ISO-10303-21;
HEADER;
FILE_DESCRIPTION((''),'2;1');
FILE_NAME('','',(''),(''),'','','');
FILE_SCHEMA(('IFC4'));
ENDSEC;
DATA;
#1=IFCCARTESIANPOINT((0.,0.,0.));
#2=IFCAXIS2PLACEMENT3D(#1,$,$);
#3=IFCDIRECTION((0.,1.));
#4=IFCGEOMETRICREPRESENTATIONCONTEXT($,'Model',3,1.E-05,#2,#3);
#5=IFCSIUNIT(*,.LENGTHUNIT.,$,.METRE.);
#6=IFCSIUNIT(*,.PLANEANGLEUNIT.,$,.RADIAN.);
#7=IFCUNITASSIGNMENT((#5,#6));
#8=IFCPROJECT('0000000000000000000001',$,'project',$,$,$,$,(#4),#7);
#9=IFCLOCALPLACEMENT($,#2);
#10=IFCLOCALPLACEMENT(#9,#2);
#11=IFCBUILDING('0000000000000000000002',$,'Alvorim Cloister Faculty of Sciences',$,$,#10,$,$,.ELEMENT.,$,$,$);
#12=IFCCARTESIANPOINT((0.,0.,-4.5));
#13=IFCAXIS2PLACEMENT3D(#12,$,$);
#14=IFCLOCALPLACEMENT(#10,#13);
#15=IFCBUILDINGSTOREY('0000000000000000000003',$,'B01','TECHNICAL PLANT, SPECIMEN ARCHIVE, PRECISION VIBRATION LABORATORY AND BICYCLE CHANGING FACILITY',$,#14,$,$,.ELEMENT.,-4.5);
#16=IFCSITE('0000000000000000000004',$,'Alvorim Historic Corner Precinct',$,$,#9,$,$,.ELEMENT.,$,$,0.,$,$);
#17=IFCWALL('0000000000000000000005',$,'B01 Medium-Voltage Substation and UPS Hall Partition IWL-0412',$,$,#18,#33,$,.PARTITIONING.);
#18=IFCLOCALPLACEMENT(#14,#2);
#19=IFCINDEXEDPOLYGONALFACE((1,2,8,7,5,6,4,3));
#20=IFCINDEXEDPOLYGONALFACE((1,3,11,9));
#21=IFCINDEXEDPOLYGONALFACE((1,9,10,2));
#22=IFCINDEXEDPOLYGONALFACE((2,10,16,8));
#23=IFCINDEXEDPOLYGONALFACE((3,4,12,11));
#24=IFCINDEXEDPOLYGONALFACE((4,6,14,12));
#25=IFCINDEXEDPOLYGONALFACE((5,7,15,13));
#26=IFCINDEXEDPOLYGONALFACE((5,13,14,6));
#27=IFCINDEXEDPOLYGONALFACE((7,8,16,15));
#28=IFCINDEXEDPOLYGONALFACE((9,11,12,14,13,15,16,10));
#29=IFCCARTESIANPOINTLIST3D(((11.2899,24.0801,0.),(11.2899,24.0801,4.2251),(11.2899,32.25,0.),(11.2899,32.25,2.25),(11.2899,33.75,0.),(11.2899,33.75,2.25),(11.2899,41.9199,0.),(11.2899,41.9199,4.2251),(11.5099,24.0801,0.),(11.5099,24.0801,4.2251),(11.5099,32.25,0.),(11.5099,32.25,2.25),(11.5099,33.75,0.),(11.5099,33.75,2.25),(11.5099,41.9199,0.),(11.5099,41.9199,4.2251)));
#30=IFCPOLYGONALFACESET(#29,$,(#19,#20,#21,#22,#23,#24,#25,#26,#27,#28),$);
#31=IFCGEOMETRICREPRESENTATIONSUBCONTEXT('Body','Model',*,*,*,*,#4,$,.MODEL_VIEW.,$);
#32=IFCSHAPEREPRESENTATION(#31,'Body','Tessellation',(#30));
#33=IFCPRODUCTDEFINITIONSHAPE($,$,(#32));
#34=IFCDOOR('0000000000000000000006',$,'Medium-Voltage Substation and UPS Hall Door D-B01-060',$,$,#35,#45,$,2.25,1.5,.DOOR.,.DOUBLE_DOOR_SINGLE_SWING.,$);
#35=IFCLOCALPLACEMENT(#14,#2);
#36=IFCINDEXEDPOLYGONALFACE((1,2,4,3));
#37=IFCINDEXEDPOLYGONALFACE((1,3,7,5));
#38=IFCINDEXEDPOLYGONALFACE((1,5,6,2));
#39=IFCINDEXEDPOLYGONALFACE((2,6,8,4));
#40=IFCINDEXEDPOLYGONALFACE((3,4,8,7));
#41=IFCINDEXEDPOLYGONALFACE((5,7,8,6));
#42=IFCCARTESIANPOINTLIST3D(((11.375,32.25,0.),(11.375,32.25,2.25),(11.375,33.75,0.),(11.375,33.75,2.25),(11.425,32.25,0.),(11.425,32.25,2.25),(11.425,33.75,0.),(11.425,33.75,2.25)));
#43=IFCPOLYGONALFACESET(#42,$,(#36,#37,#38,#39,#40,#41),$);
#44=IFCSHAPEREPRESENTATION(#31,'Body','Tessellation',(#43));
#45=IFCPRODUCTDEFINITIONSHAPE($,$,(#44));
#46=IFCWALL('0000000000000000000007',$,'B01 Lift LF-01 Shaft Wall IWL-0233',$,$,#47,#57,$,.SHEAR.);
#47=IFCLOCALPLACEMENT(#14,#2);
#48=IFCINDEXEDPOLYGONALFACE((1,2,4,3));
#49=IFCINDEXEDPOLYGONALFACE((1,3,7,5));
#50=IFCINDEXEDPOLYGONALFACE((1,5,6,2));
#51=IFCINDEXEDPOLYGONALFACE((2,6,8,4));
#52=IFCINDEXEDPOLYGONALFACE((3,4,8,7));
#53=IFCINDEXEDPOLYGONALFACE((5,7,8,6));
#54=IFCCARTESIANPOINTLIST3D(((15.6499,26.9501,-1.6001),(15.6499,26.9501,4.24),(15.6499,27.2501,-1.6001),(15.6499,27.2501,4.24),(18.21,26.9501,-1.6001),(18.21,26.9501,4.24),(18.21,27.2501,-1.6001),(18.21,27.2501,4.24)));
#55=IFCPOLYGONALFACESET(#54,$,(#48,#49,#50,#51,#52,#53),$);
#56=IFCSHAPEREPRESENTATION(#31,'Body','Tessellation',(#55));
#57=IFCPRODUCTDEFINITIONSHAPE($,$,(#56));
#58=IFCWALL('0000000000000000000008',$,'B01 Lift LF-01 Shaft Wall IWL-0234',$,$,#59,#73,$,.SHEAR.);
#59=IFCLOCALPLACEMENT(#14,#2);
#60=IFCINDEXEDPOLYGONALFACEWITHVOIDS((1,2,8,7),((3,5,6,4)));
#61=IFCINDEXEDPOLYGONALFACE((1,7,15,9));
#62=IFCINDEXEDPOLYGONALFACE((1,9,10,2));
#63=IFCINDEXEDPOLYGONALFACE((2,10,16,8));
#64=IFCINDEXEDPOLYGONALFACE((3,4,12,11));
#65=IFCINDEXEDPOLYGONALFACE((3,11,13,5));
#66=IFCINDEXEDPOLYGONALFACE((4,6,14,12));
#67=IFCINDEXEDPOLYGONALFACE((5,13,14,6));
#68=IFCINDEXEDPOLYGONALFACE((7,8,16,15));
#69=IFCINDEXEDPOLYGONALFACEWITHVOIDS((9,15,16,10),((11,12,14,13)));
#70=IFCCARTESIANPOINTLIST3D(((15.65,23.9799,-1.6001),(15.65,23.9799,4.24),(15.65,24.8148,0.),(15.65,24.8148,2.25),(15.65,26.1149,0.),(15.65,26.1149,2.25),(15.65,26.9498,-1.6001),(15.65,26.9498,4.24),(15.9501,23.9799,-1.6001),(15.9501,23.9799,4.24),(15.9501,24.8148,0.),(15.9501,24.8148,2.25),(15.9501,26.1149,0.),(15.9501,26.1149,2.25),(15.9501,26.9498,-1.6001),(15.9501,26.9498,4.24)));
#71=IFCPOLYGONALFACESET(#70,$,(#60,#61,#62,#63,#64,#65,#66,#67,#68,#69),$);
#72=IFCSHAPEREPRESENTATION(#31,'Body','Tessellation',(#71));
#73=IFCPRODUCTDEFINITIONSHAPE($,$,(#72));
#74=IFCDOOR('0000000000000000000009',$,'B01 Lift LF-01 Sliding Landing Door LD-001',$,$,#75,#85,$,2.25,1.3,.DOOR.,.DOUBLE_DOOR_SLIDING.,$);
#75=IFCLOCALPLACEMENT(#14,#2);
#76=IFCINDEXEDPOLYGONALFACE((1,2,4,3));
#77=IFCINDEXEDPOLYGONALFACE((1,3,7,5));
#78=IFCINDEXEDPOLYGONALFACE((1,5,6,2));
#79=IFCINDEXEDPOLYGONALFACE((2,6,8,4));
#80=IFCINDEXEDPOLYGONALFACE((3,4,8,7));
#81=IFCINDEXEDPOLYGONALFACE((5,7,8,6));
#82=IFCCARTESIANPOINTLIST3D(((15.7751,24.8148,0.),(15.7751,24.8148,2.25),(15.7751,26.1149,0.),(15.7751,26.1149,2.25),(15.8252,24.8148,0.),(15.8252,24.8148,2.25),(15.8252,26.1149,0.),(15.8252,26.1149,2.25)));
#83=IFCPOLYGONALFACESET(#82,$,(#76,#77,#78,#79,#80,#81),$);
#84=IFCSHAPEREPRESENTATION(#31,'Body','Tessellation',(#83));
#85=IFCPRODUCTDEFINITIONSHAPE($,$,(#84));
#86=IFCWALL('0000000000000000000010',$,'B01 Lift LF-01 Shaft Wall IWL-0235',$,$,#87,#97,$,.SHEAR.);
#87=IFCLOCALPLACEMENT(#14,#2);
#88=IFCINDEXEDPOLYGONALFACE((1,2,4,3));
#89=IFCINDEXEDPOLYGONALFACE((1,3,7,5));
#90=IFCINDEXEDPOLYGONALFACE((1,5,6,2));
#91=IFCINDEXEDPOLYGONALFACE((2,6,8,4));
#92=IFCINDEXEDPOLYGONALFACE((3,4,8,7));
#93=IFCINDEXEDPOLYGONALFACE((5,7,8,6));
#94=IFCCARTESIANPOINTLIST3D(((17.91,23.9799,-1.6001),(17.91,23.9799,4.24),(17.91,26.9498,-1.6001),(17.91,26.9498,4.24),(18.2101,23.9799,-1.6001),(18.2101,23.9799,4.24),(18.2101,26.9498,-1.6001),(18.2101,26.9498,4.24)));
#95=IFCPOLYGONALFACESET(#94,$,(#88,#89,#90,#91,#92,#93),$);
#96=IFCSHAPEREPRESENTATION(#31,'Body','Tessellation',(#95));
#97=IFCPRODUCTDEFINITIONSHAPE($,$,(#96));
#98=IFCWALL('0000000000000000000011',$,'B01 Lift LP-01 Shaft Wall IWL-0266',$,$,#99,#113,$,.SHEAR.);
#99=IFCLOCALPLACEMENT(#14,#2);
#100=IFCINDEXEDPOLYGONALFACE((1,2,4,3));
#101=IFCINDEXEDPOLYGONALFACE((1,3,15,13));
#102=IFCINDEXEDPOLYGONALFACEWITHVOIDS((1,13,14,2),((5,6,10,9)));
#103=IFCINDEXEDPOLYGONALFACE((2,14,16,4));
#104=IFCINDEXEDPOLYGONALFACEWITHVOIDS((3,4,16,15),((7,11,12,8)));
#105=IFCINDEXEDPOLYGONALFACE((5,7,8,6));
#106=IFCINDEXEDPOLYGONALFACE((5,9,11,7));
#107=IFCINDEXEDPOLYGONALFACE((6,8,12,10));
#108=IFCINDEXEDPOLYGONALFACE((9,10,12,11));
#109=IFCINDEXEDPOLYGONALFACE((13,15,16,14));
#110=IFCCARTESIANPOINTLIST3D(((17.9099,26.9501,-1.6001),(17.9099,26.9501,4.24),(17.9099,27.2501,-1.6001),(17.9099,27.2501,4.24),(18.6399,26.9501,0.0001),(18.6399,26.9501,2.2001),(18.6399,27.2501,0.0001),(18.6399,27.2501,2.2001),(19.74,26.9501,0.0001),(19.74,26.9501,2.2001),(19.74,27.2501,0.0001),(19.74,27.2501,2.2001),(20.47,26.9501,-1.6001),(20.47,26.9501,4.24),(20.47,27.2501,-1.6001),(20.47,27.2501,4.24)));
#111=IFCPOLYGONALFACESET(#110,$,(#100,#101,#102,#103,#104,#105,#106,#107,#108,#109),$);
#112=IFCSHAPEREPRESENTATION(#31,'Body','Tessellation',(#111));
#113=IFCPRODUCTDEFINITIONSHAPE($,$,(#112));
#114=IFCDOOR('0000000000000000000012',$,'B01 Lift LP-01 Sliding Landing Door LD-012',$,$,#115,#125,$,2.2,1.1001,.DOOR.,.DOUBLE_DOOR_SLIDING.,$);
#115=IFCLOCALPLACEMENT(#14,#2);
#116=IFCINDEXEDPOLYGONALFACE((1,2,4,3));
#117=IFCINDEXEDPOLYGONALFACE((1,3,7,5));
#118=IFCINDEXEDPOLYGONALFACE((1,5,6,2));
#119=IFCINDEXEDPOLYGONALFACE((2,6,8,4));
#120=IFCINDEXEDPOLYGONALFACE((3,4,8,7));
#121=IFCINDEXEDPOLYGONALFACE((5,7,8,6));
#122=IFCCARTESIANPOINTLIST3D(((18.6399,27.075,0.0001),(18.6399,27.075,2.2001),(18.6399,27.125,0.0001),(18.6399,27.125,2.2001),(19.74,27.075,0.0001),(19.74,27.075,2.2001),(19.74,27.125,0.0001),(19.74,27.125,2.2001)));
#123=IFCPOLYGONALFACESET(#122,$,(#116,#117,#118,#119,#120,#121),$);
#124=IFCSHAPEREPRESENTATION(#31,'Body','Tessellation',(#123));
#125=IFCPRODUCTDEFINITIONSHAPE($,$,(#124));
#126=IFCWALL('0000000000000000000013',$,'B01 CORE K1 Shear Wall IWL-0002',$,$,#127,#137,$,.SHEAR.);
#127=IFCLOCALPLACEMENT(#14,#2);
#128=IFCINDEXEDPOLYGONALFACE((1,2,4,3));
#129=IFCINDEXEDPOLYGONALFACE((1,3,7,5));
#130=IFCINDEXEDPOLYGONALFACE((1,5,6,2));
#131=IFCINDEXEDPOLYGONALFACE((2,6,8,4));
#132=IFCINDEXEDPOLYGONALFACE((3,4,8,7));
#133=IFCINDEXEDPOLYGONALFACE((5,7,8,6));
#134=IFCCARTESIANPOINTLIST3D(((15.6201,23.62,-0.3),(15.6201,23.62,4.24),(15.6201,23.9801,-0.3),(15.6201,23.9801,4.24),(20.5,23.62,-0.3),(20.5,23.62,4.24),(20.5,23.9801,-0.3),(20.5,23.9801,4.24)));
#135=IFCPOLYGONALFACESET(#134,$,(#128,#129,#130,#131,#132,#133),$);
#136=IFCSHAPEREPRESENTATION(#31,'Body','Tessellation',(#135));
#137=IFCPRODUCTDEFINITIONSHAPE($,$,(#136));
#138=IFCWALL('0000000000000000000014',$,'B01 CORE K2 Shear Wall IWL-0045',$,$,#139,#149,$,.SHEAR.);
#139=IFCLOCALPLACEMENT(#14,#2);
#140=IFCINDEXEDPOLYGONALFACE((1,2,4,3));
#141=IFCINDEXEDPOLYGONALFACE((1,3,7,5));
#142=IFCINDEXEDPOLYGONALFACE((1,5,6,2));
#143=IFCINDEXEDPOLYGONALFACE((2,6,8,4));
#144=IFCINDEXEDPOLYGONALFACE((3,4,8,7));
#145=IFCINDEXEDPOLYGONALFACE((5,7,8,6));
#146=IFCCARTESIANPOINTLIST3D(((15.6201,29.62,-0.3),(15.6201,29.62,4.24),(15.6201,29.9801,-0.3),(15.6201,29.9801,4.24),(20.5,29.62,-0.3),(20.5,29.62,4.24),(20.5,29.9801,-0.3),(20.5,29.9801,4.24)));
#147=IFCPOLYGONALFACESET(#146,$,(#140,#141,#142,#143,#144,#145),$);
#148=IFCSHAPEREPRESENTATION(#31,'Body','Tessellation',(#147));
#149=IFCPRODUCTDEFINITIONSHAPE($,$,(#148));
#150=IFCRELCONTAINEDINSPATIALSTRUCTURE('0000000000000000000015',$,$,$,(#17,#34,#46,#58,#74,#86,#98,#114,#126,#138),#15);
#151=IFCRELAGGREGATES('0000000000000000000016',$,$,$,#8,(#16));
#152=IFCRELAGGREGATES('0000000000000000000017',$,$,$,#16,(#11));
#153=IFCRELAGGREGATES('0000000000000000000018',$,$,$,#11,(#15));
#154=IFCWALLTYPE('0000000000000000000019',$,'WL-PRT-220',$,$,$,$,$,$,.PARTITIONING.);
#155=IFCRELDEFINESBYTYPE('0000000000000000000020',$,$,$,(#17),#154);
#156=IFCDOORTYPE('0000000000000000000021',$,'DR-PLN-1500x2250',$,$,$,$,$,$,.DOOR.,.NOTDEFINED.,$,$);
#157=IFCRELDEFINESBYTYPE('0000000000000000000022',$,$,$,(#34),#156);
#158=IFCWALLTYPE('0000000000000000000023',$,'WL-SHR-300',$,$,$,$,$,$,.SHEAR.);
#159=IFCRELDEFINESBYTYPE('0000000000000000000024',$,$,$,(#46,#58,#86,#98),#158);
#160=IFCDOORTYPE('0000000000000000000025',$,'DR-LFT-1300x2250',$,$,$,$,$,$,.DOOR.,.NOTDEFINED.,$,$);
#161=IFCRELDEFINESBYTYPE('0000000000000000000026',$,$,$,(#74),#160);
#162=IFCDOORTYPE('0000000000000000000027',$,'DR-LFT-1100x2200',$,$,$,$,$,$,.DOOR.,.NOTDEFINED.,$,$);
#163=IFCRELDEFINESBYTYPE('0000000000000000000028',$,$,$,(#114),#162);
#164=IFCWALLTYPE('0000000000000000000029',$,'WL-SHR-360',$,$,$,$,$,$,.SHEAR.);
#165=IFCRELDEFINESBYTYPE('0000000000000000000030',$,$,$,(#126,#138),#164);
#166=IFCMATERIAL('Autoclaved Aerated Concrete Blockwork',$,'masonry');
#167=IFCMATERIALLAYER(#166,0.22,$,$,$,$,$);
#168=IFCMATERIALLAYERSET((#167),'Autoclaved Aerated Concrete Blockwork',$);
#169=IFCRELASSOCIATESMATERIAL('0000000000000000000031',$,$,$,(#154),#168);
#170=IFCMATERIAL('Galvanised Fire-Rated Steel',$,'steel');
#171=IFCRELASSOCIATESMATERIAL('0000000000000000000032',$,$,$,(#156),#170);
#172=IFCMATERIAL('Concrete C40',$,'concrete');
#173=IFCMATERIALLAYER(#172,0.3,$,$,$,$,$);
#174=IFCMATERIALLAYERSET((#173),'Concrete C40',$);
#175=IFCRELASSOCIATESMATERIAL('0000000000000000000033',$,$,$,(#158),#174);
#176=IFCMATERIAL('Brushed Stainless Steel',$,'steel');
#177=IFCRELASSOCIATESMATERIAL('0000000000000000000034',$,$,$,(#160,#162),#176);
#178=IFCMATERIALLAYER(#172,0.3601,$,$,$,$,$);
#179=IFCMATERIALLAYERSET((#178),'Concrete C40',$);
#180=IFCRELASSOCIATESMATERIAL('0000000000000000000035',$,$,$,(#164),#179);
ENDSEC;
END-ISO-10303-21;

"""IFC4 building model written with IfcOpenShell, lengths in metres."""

from ifc_helpers import new_model, si_unit, direction, frame, frame_2d, origin, place, context, subcontext, project, spatial, rectangle, extrude, material, layer, layer_set, type_object, element, fill, save


model = new_model("IFC4")

# Units and contexts
model_context = context("Model", 3, precision=1e-05, world=origin(), true_north=direction((0.0, 1.0)))
body_context = subcontext(model_context, "Body", "Model", "MODEL_VIEW")
ifc_project = project(units=[si_unit("LENGTHUNIT", "METRE"), si_unit("PLANEANGLEUNIT", "RADIAN")], contexts=[model_context])

# Site, building, storey
site_placement = place(None, origin())
site = spatial("IfcSite", under=ifc_project, at=site_placement, Name="Alvorim Historic Corner Precinct", CompositionType="ELEMENT", RefElevation=0.0)
building_placement = place(site_placement, origin())
building = spatial("IfcBuilding", under=site, at=building_placement, Name="Alvorim Cloister Faculty of Sciences", CompositionType="ELEMENT")
storey_placement = place(building_placement, frame((0.0, 0.0, -4.5)))
storey = spatial("IfcBuildingStorey", under=building, at=storey_placement, Name="B01", Description="TECHNICAL PLANT, SPECIMEN ARCHIVE, PRECISION VIBRATION LABORATORY AND BICYCLE CHANGING FACILITY", CompositionType="ELEMENT", Elevation=-4.5)

# Shared definitions
ifc_material_1 = material(Name="Concrete C40", Category="concrete")

# Wall, opening, door
ifc_material_2 = material(Name="Autoclaved Aerated Concrete Blockwork", Category="masonry")
ifc_layer_1 = layer(ifc_material_2, 0.22)
ifc_layer_set_1 = layer_set([ifc_layer_1], Name="Autoclaved Aerated Concrete Blockwork")
wall_type_1 = type_object("IfcWallType", Name="WL-PRT-220", PredefinedType="PARTITIONING", material=ifc_layer_set_1)
wall_1_placement = place(storey_placement, frame((11.3999, 24.0801, 0.0), z_axis=(0.0, 0.0, 1.0), x_axis=(0.0, 1.0, 0.0)))
wall_1 = element("IfcWall", 1, at=wall_1_placement, inside=storey, type_object=wall_type_1, Name="B01 Medium-Voltage Substation and UPS Hall Partition IWL-0412", PredefinedType="PARTITIONING", context=body_context, shape_type="SweptSolid", body=[
    extrude(rectangle(XDim=17.8398, YDim=0.22, at=frame_2d((8.9199, 0.0))), origin(), (0.0, 0.0, 1.0), 4.2251),
])
opening_1_placement = place(wall_1_placement, frame((8.1699, 0.0, 0.0)))
opening_1 = element("IfcOpeningElement", 2, at=opening_1_placement, cuts=wall_1, PredefinedType="OPENING", context=body_context, shape_type="SweptSolid", body=[
    extrude(rectangle(XDim=1.5, YDim=2.25, at=frame_2d((0.75, 1.125))), frame((0.0, 0.1221, 0.0), z_axis=(0.0, -1.0, 0.0), x_axis=(1.0, 0.0, 0.0)), (0.0, 0.0, 1.0), 0.2439),
])
ifc_material_3 = material(Name="Galvanised Fire-Rated Steel", Category="steel")
door_type_1 = type_object("IfcDoorType", Name="DR-PLN-1500x2250", OperationType="NOTDEFINED", PredefinedType="DOOR", material=ifc_material_3)
door_1_placement = place(opening_1_placement, origin())
door_1 = element("IfcDoor", 3, at=door_1_placement, inside=storey, type_object=door_type_1, Name="Medium-Voltage Substation and UPS Hall Door D-B01-060", OperationType="DOUBLE_DOOR_SINGLE_SWING", OverallHeight=2.25, OverallWidth=1.5, PredefinedType="DOOR", context=body_context, shape_type="SweptSolid", body=[
    extrude(rectangle(XDim=1.5, YDim=2.25, at=frame_2d((0.75, 1.125))), frame((0.0, 0.0249, 0.0), z_axis=(0.0, -1.0, 0.0), x_axis=(1.0, 0.0, 0.0)), (0.0, 0.0, 1.0), 0.05),
])
fill(opening_1, door_1)

# Wall
ifc_layer_2 = layer(ifc_material_1, 0.3)
ifc_layer_set_2 = layer_set([ifc_layer_2], Name="Concrete C40")
wall_type_2 = type_object("IfcWallType", Name="WL-SHR-300", PredefinedType="SHEAR", material=ifc_layer_set_2)
wall_2_placement = place(storey_placement, frame((15.6499, 27.1001, -1.6001), z_axis=(0.0, 0.0, 1.0), x_axis=(1.0, 0.0, 0.0)))
element("IfcWall", 4, at=wall_2_placement, inside=storey, type_object=wall_type_2, Name="B01 Lift LF-01 Shaft Wall IWL-0233", PredefinedType="SHEAR", context=body_context, shape_type="SweptSolid", body=[
    extrude(rectangle(XDim=2.5601, YDim=0.3, at=frame_2d((1.28, 0.0))), origin(), (0.0, 0.0, 1.0), 5.8401),
])

# Wall, opening, door
wall_3_placement = place(storey_placement, frame((15.8, 23.98, -1.6001), z_axis=(0.0, 0.0, 1.0), x_axis=(0.0, 1.0, 0.0)))
wall_3 = element("IfcWall", 5, at=wall_3_placement, inside=storey, type_object=wall_type_2, Name="B01 Lift LF-01 Shaft Wall IWL-0234", PredefinedType="SHEAR", context=body_context, shape_type="SweptSolid", body=[
    extrude(rectangle(XDim=2.97, YDim=0.3, at=frame_2d((1.4849, 0.0))), origin(), (0.0, 0.0, 1.0), 5.8401),
])
opening_2_placement = place(wall_3_placement, frame((0.835, 0.0, 1.6001)))
opening_2 = element("IfcOpeningElement", 6, at=opening_2_placement, cuts=wall_3, PredefinedType="OPENING", context=body_context, shape_type="SweptSolid", body=[
    extrude(rectangle(XDim=1.3, YDim=2.25, at=frame_2d((0.6499, 1.125))), frame((0.0, 0.1621, 0.0), z_axis=(0.0, -1.0, 0.0), x_axis=(1.0, 0.0, 0.0)), (0.0, 0.0, 1.0), 0.324),
])
ifc_material_4 = material(Name="Brushed Stainless Steel", Category="steel")
door_type_2 = type_object("IfcDoorType", Name="DR-LFT-1300x2250", OperationType="NOTDEFINED", PredefinedType="DOOR", material=ifc_material_4)
door_2_placement = place(opening_2_placement, origin())
door_2 = element("IfcDoor", 7, at=door_2_placement, inside=storey, type_object=door_type_2, Name="B01 Lift LF-01 Sliding Landing Door LD-001", OperationType="DOUBLE_DOOR_SLIDING", OverallHeight=2.25, OverallWidth=1.3, PredefinedType="DOOR", context=body_context, shape_type="SweptSolid", body=[
    extrude(rectangle(XDim=1.3, YDim=2.25, at=frame_2d((0.6499, 1.125))), frame((0.0, 0.0249, 0.0), z_axis=(0.0, -1.0, 0.0), x_axis=(1.0, 0.0, 0.0)), (0.0, 0.0, 1.0), 0.05),
])
fill(opening_2, door_2)

# Wall
wall_4_placement = place(storey_placement, frame((18.0601, 23.98, -1.6001), z_axis=(0.0, 0.0, 1.0), x_axis=(0.0, 1.0, 0.0)))
element("IfcWall", 8, at=wall_4_placement, inside=storey, type_object=wall_type_2, Name="B01 Lift LF-01 Shaft Wall IWL-0235", PredefinedType="SHEAR", context=body_context, shape_type="SweptSolid", body=[
    extrude(rectangle(XDim=2.97, YDim=0.3, at=frame_2d((1.4849, 0.0))), origin(), (0.0, 0.0, 1.0), 5.8401),
])

# Wall, opening, door
wall_5_placement = place(storey_placement, frame((17.9099, 27.1001, -1.6001), z_axis=(0.0, 0.0, 1.0), x_axis=(1.0, 0.0, 0.0)))
wall_5 = element("IfcWall", 9, at=wall_5_placement, inside=storey, type_object=wall_type_2, Name="B01 Lift LP-01 Shaft Wall IWL-0266", PredefinedType="SHEAR", context=body_context, shape_type="SweptSolid", body=[
    extrude(rectangle(XDim=2.5601, YDim=0.3, at=frame_2d((1.28, 0.0))), origin(), (0.0, 0.0, 1.0), 5.8401),
])
opening_3_placement = place(wall_5_placement, frame((0.73, 0.0, 1.6001)))
opening_3 = element("IfcOpeningElement", 10, at=opening_3_placement, cuts=wall_5, PredefinedType="OPENING", context=body_context, shape_type="SweptSolid", body=[
    extrude(rectangle(XDim=1.1001, YDim=2.2, at=frame_2d((0.55, 1.1001))), frame((0.0, 0.1621, 0.0), z_axis=(0.0, -1.0, 0.0), x_axis=(1.0, 0.0, 0.0)), (0.0, 0.0, 1.0), 0.324),
])
door_type_3 = type_object("IfcDoorType", Name="DR-LFT-1100x2200", OperationType="NOTDEFINED", PredefinedType="DOOR", material=ifc_material_4)
door_3_placement = place(opening_3_placement, origin())
door_3 = element("IfcDoor", 11, at=door_3_placement, inside=storey, type_object=door_type_3, Name="B01 Lift LP-01 Sliding Landing Door LD-012", OperationType="DOUBLE_DOOR_SLIDING", OverallHeight=2.2, OverallWidth=1.1001, PredefinedType="DOOR", context=body_context, shape_type="SweptSolid", body=[
    extrude(rectangle(XDim=1.1001, YDim=2.2, at=frame_2d((0.55, 1.1001))), frame((0.0, 0.0249, 0.0), z_axis=(0.0, -1.0, 0.0), x_axis=(1.0, 0.0, 0.0)), (0.0, 0.0, 1.0), 0.05),
])
fill(opening_3, door_3)

# Walls
ifc_layer_3 = layer(ifc_material_1, 0.3601)
ifc_layer_set_3 = layer_set([ifc_layer_3], Name="Concrete C40")
wall_type_3 = type_object("IfcWallType", Name="WL-SHR-360", PredefinedType="SHEAR", material=ifc_layer_set_3)
for number, where, z_axis, x_axis, name in (
    (12, (15.6201, 23.8, -0.3), (0.0, 0.0, 1.0), (1.0, 0.0, 0.0), "B01 CORE K1 Shear Wall IWL-0002"),
    (13, (15.6201, 29.8, -0.3), (0.0, 0.0, 1.0), (1.0, 0.0, 0.0), "B01 CORE K2 Shear Wall IWL-0045"),
):
    element("IfcWall", number, at=place(storey_placement, frame(where, z_axis=z_axis, x_axis=x_axis)), inside=storey, type_object=wall_type_3, Name=name, PredefinedType="SHEAR", context=body_context, shape_type="SweptSolid", body=[
        extrude(rectangle(XDim=4.8799, YDim=0.3601, at=frame_2d((2.4399, 0.0))), origin(), (0.0, 0.0, 1.0), 4.54),
    ])

save(model, "model.ifc")
